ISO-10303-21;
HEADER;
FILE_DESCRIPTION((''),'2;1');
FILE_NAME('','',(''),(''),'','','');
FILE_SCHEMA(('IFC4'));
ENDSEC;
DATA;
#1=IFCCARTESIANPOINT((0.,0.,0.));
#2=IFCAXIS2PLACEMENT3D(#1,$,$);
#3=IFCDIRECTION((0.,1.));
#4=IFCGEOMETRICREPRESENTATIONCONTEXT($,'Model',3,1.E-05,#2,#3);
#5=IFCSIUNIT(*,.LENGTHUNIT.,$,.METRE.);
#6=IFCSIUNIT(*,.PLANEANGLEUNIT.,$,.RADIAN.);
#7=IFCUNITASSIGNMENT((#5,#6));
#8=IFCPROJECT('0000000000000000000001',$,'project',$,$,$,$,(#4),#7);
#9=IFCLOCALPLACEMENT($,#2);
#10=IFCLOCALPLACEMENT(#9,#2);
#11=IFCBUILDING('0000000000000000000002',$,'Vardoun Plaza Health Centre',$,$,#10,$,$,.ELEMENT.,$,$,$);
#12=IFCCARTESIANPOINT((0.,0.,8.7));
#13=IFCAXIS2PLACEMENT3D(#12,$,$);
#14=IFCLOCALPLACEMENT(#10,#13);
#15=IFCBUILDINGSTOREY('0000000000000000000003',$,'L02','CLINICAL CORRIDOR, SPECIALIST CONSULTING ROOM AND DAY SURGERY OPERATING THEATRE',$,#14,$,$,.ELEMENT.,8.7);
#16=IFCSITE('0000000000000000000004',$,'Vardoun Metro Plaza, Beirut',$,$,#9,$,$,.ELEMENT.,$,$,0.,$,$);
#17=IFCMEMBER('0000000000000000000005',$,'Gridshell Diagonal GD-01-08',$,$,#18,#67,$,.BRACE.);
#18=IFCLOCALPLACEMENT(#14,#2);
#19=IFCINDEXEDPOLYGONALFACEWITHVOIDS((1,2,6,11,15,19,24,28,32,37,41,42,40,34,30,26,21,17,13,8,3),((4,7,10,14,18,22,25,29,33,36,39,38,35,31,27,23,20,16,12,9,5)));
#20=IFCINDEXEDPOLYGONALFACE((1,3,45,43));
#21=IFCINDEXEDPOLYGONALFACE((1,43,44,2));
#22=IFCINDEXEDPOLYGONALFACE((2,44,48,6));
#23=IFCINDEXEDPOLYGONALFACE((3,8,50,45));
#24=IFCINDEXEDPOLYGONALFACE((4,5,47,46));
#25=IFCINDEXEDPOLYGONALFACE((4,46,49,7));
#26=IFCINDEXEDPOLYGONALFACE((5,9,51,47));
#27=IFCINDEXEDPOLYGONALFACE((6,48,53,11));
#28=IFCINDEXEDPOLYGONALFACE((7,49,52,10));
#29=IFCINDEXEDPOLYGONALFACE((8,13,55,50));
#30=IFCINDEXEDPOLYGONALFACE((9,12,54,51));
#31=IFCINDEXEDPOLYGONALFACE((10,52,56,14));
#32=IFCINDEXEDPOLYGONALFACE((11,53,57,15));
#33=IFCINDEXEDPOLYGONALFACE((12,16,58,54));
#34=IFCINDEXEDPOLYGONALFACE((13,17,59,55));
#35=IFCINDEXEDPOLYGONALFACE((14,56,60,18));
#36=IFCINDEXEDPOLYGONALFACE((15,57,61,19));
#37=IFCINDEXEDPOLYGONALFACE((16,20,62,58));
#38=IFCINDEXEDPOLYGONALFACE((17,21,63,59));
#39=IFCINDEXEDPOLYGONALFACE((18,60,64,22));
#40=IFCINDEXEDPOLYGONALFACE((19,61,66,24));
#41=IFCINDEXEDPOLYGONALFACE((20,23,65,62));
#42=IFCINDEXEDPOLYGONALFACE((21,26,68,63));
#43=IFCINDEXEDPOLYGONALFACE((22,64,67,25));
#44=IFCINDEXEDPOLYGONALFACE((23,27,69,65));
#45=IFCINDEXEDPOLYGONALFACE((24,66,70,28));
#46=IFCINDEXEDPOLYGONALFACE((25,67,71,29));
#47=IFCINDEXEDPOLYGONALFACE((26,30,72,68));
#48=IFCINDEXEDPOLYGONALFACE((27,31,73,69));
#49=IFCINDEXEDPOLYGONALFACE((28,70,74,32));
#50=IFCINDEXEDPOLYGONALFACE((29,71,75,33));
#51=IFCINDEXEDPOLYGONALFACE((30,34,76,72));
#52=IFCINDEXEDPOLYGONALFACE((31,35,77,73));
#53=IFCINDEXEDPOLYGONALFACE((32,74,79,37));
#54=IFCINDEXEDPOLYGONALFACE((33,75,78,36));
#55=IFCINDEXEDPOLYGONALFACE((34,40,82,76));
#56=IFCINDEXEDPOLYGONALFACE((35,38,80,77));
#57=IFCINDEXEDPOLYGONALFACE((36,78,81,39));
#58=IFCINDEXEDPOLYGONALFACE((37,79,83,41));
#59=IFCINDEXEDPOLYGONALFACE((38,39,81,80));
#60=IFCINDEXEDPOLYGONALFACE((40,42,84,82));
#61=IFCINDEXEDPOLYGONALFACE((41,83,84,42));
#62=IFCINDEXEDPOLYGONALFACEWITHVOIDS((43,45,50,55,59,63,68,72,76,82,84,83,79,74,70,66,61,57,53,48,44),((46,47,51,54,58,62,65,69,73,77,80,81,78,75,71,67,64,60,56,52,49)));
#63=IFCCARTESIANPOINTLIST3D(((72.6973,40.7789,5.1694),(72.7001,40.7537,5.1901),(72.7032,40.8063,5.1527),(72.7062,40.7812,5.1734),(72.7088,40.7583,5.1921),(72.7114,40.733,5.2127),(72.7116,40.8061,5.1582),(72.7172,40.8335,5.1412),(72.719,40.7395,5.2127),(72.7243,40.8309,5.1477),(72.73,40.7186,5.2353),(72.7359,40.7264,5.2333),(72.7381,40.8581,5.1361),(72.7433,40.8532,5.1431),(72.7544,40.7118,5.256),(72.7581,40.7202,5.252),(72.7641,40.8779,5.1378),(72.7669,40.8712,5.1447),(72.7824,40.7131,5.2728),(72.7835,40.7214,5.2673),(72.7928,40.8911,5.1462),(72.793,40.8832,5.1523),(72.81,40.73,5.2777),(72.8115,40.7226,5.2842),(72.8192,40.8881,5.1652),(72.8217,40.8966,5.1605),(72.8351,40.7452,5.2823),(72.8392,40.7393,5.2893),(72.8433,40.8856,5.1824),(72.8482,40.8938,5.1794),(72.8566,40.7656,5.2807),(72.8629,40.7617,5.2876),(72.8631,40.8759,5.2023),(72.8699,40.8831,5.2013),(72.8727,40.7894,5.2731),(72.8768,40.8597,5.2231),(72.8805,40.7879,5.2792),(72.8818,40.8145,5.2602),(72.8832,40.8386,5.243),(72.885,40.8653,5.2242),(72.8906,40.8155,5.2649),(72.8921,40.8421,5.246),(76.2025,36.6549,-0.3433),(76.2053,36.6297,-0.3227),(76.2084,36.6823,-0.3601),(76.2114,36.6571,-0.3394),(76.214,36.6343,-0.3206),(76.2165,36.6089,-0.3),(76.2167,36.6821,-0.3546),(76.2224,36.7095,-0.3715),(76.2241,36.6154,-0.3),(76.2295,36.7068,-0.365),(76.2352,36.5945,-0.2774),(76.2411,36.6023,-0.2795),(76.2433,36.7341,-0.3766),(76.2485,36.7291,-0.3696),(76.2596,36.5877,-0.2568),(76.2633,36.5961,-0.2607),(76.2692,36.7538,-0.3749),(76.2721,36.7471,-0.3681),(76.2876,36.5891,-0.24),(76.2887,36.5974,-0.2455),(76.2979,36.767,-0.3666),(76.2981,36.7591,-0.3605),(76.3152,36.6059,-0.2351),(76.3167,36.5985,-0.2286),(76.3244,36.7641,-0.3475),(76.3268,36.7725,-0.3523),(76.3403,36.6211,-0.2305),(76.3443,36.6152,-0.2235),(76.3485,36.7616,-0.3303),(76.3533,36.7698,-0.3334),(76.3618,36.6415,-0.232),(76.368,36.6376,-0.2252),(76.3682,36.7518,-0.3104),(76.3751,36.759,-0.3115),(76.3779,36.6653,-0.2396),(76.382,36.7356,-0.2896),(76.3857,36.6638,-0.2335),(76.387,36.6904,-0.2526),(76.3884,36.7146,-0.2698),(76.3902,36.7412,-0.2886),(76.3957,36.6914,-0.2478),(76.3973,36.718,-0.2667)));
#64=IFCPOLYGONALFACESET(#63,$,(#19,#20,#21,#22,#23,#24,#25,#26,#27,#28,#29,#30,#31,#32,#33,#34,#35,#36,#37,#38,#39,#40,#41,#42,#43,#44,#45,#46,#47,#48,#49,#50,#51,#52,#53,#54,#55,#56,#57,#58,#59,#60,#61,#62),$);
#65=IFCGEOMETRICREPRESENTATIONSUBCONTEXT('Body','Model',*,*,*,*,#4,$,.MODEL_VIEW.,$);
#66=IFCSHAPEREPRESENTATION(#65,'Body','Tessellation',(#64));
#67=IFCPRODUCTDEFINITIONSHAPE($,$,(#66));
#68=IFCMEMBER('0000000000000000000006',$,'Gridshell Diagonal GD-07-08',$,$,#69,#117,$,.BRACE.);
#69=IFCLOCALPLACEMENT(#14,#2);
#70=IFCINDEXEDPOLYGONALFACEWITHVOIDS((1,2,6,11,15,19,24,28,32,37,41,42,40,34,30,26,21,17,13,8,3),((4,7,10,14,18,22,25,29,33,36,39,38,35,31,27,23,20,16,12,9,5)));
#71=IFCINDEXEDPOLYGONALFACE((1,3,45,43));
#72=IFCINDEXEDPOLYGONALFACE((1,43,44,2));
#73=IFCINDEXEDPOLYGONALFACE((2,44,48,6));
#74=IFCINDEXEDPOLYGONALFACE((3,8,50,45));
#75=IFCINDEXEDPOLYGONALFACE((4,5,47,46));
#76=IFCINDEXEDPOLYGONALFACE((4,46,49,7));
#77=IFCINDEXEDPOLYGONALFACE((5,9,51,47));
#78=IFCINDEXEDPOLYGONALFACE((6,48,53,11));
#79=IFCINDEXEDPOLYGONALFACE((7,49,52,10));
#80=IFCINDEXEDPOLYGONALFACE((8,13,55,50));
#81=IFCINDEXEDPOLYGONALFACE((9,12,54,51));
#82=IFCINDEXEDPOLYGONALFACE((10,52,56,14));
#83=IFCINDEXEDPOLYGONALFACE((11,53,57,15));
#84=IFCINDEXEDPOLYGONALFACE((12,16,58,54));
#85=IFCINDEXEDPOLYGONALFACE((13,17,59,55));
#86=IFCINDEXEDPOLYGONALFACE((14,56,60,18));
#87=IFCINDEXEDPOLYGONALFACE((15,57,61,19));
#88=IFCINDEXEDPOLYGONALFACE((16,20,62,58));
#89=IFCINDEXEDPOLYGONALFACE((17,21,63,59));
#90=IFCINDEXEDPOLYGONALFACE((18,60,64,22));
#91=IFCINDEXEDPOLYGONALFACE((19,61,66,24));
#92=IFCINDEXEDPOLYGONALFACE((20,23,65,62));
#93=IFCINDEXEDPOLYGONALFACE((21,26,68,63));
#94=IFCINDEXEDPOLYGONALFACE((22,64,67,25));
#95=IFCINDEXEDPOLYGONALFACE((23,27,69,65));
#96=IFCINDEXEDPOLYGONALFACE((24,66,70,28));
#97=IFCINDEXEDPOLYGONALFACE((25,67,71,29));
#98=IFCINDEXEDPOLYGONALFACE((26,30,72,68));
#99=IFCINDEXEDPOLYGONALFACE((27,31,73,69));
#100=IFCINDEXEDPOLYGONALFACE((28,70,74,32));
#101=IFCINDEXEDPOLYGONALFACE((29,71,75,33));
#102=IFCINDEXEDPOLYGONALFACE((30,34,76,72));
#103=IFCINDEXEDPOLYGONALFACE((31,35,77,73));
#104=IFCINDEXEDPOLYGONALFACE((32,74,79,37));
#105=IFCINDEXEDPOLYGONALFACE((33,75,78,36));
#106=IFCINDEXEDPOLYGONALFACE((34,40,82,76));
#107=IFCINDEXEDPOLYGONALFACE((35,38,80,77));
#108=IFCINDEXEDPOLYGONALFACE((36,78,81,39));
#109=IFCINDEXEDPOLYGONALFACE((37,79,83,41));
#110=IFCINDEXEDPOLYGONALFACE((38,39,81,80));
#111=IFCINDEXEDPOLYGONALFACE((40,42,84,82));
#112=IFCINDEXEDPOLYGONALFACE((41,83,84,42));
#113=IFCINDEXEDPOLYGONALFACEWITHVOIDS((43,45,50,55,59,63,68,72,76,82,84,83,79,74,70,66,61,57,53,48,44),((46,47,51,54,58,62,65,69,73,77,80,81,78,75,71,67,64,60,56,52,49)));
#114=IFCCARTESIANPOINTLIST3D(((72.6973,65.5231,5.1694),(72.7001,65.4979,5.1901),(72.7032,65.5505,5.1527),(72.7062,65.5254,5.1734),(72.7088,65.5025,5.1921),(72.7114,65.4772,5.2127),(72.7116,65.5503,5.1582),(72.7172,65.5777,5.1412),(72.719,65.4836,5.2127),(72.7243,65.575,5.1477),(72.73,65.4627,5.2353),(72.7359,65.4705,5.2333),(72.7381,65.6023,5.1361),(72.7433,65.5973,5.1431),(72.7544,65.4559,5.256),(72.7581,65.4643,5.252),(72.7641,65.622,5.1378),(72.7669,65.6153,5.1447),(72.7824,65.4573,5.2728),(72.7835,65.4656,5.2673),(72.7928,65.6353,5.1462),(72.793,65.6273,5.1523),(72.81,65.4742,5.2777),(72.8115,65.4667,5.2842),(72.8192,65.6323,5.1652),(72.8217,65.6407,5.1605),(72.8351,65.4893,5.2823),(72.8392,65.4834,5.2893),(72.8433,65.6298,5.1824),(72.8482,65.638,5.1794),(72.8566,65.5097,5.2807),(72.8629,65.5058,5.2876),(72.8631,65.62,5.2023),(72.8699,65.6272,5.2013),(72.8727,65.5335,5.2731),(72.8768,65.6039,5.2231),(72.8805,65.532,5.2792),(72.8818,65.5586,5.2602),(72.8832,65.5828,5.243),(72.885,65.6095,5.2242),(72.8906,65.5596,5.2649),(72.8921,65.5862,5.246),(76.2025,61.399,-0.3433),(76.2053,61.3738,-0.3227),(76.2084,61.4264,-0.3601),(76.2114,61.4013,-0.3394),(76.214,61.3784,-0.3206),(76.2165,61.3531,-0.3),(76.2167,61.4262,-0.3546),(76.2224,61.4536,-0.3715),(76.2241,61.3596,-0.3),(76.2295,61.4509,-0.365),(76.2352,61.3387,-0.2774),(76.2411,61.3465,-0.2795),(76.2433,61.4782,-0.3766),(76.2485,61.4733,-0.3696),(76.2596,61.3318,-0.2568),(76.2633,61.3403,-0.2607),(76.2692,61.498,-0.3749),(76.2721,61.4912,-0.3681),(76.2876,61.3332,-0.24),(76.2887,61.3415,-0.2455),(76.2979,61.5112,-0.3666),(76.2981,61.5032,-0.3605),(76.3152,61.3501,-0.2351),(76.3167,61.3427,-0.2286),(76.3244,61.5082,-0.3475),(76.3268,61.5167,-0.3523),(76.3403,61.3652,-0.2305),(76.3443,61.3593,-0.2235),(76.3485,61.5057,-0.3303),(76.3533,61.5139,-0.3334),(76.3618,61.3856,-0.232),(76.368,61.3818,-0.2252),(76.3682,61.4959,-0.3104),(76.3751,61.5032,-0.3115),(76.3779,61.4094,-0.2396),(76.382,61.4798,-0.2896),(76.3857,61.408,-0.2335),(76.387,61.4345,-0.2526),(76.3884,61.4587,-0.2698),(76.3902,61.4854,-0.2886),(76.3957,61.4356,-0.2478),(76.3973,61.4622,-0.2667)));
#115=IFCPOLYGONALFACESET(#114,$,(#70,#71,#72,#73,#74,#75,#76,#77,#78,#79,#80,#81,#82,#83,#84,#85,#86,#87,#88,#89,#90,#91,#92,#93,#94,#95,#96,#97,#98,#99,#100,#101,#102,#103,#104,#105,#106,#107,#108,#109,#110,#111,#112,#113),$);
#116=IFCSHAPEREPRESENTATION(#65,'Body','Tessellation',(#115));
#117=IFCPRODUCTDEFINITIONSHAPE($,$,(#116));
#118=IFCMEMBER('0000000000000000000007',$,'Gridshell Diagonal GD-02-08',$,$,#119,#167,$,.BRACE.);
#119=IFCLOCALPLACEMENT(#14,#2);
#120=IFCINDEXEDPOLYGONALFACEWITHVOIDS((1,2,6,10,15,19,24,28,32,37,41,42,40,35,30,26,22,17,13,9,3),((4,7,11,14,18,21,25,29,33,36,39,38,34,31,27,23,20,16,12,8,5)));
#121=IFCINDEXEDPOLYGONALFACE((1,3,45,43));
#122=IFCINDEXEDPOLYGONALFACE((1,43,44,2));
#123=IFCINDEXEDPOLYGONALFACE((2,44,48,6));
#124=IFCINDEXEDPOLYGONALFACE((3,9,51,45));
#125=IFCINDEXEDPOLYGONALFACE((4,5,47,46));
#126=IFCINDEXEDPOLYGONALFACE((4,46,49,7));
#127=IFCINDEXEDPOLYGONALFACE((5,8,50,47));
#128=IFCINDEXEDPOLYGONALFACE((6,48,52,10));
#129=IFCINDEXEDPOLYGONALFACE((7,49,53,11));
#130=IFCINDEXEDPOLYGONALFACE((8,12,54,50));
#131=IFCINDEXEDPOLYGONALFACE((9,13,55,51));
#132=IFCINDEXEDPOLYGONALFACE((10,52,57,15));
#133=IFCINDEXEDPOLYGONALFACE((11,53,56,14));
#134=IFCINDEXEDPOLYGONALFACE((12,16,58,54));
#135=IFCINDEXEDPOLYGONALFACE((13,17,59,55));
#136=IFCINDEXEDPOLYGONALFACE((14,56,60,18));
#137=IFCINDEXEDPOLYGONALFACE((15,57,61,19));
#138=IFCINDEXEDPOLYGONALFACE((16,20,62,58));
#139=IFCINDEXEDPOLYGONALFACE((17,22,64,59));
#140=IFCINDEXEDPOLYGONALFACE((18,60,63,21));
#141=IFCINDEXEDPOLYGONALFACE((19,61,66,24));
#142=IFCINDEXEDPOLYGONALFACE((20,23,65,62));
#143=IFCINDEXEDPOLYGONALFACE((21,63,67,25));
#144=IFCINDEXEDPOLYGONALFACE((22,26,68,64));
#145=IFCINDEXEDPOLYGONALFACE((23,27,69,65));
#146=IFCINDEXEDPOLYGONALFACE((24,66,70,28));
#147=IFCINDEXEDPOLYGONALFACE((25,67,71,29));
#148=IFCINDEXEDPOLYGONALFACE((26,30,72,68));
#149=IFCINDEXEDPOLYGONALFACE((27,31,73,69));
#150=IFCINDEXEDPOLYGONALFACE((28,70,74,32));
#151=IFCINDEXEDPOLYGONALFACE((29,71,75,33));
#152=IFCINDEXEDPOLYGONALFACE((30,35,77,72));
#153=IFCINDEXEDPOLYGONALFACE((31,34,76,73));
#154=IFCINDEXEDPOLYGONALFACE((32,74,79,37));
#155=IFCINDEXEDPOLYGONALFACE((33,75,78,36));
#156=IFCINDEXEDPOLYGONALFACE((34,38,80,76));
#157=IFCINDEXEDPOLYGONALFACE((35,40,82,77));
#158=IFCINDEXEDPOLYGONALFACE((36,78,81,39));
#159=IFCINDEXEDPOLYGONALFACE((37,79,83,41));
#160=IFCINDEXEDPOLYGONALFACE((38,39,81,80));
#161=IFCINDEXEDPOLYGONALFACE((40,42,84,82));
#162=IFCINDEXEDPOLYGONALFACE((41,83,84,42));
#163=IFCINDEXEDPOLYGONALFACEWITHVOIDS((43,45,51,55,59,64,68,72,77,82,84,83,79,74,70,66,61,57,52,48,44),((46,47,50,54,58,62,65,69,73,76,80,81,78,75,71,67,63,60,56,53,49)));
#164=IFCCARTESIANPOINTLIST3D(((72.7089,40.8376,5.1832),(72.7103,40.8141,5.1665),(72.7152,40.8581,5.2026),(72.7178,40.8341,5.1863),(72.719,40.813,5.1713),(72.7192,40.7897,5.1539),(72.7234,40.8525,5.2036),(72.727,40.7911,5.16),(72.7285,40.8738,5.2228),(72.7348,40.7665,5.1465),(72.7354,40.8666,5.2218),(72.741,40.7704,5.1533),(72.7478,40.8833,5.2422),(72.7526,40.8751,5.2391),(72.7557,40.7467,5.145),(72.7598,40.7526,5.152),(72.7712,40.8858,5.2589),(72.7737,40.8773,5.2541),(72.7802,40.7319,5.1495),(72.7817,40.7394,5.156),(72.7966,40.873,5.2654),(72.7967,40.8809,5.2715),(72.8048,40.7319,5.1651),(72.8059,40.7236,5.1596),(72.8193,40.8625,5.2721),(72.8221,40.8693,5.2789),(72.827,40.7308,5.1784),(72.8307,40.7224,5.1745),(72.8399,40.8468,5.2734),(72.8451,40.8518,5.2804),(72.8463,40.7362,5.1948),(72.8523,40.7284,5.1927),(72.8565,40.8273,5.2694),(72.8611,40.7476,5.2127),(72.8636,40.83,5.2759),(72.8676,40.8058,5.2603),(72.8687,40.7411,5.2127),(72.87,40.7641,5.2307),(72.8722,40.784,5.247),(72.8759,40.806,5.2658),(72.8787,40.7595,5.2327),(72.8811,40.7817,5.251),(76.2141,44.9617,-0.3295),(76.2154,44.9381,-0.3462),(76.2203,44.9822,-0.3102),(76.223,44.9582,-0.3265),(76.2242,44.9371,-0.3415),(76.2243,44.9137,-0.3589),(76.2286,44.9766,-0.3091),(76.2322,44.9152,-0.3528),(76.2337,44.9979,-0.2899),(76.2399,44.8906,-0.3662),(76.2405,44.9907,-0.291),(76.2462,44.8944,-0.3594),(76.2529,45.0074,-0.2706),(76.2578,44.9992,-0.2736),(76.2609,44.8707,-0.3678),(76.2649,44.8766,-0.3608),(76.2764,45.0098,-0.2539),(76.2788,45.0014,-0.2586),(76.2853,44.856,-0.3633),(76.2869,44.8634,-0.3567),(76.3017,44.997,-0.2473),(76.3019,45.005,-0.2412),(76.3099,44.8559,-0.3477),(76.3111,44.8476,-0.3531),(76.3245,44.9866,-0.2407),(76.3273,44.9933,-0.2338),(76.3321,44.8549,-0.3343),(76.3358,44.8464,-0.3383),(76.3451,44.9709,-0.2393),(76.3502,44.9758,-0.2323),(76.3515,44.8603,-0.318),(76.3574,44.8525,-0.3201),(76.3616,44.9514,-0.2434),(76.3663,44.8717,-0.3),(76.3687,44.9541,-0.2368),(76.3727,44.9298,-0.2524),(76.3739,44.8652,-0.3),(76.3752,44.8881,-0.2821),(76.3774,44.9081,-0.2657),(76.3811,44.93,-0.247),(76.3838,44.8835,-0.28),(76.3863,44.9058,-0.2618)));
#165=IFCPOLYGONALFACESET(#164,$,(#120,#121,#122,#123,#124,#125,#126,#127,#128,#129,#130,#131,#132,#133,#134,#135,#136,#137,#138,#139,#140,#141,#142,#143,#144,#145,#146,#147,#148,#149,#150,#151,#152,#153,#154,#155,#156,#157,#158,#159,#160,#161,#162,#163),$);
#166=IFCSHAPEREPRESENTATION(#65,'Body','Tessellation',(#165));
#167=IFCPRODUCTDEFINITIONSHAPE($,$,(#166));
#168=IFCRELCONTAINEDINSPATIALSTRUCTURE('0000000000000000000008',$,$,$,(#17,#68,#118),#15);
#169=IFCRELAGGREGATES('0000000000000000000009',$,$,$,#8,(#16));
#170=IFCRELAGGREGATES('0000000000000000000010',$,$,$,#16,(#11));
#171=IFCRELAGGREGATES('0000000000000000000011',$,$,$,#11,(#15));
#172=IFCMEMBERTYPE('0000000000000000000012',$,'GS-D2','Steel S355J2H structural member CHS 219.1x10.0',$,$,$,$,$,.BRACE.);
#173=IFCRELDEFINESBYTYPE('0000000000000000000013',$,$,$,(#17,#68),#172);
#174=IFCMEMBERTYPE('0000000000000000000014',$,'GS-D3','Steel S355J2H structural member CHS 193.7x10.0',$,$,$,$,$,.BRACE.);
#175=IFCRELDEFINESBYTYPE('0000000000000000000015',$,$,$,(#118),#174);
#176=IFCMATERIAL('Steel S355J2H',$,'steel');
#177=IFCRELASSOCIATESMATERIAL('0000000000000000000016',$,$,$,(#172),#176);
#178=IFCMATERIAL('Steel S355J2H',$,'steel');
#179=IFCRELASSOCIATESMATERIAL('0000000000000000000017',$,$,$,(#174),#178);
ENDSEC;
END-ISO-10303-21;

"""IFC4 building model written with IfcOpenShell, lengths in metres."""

from ifc_helpers import new_model, si_unit, direction, frame, origin, origin_2d, place, context, subcontext, project, spatial, hollow_circle, extrude, material, material_profile, profile_set, type_object, element, save


model = new_model("IFC4")

# Units and contexts
model_context = context("Model", 3, precision=1e-05, world=origin(), true_north=direction((0.0, 1.0)))
body_context = subcontext(model_context, "Body", "Model", "MODEL_VIEW")
ifc_project = project(units=[si_unit("LENGTHUNIT", "METRE"), si_unit("PLANEANGLEUNIT", "RADIAN")], contexts=[model_context])

# Site, building, storey
site_placement = place(None, origin())
site = spatial("IfcSite", under=ifc_project, at=site_placement, Name="Vardoun Metro Plaza, Beirut", CompositionType="ELEMENT", RefElevation=0.0)
building_placement = place(site_placement, origin())
building = spatial("IfcBuilding", under=site, at=building_placement, Name="Vardoun Plaza Health Centre", CompositionType="ELEMENT")
storey_placement = place(building_placement, frame((0.0, 0.0, 8.7)))
storey = spatial("IfcBuildingStorey", under=building, at=storey_placement, Name="L02", Description="CLINICAL CORRIDOR, SPECIALIST CONSULTING ROOM AND DAY SURGERY OPERATING THEATRE", CompositionType="ELEMENT", Elevation=8.7)

# Members
ifc_material_1 = material(Name="Steel S355J2H", Category="steel")
ifc_material_profile_1 = material_profile(ifc_material_1, hollow_circle(Radius=0.1096, WallThickness=0.01, at=origin_2d()), Name="CHS 219.1x10.0")
ifc_profile_set_1 = profile_set([ifc_material_profile_1], Name="Steel S355J2H")
member_type_1 = type_object("IfcMemberType", Name="GS-D2", Description="Steel S355J2H structural member CHS 219.1x10.0", PredefinedType="BRACE", material=ifc_profile_set_1)
for number, where, z_axis, x_axis, name in (
    (1, (76.3, 36.6799, -0.3), (-0.453709, 0.53382, 0.713572), (-0.761966, -0.647617, 0.0), "Gridshell Diagonal GD-01-08"),
    (2, (76.3, 61.4241, -0.3), (-0.453709, 0.53382, 0.713572), (-0.761966, -0.647617, 0.0), "Gridshell Diagonal GD-07-08"),
):
    element("IfcMember", number, at=place(storey_placement, frame(where, z_axis=z_axis, x_axis=x_axis)), inside=storey, type_object=member_type_1, Name=name, PredefinedType="BRACE", context=body_context, shape_type="SweptSolid", body=[
        extrude(hollow_circle(Radius=0.1096, WallThickness=0.01, at=origin_2d()), origin(), (0.0, 0.0, 1.0), 7.7256),
    ])
ifc_material_2 = material(Name="Steel S355J2H", Category="steel")
ifc_material_profile_2 = material_profile(ifc_material_2, hollow_circle(Radius=0.0969, WallThickness=0.01, at=origin_2d()), Name="CHS 193.7x10.0")
ifc_profile_set_2 = profile_set([ifc_material_profile_2], Name="Steel S355J2H")
member_type_2 = type_object("IfcMemberType", Name="GS-D3", Description="Steel S355J2H structural member CHS 193.7x10.0", PredefinedType="BRACE", material=ifc_profile_set_2)
member_1_placement = place(storey_placement, frame((76.3, 44.928, -0.3), z_axis=(-0.453709, -0.53382, 0.713572), x_axis=(0.761966, -0.647617, 0.0)))
element("IfcMember", 3, at=member_1_placement, inside=storey, type_object=member_type_2, Name="Gridshell Diagonal GD-02-08", PredefinedType="BRACE", context=body_context, shape_type="SweptSolid", body=[
    extrude(hollow_circle(Radius=0.0969, WallThickness=0.01, at=origin_2d()), origin(), (0.0, 0.0, 1.0), 7.7256),
])

save(model, "model.ifc")
